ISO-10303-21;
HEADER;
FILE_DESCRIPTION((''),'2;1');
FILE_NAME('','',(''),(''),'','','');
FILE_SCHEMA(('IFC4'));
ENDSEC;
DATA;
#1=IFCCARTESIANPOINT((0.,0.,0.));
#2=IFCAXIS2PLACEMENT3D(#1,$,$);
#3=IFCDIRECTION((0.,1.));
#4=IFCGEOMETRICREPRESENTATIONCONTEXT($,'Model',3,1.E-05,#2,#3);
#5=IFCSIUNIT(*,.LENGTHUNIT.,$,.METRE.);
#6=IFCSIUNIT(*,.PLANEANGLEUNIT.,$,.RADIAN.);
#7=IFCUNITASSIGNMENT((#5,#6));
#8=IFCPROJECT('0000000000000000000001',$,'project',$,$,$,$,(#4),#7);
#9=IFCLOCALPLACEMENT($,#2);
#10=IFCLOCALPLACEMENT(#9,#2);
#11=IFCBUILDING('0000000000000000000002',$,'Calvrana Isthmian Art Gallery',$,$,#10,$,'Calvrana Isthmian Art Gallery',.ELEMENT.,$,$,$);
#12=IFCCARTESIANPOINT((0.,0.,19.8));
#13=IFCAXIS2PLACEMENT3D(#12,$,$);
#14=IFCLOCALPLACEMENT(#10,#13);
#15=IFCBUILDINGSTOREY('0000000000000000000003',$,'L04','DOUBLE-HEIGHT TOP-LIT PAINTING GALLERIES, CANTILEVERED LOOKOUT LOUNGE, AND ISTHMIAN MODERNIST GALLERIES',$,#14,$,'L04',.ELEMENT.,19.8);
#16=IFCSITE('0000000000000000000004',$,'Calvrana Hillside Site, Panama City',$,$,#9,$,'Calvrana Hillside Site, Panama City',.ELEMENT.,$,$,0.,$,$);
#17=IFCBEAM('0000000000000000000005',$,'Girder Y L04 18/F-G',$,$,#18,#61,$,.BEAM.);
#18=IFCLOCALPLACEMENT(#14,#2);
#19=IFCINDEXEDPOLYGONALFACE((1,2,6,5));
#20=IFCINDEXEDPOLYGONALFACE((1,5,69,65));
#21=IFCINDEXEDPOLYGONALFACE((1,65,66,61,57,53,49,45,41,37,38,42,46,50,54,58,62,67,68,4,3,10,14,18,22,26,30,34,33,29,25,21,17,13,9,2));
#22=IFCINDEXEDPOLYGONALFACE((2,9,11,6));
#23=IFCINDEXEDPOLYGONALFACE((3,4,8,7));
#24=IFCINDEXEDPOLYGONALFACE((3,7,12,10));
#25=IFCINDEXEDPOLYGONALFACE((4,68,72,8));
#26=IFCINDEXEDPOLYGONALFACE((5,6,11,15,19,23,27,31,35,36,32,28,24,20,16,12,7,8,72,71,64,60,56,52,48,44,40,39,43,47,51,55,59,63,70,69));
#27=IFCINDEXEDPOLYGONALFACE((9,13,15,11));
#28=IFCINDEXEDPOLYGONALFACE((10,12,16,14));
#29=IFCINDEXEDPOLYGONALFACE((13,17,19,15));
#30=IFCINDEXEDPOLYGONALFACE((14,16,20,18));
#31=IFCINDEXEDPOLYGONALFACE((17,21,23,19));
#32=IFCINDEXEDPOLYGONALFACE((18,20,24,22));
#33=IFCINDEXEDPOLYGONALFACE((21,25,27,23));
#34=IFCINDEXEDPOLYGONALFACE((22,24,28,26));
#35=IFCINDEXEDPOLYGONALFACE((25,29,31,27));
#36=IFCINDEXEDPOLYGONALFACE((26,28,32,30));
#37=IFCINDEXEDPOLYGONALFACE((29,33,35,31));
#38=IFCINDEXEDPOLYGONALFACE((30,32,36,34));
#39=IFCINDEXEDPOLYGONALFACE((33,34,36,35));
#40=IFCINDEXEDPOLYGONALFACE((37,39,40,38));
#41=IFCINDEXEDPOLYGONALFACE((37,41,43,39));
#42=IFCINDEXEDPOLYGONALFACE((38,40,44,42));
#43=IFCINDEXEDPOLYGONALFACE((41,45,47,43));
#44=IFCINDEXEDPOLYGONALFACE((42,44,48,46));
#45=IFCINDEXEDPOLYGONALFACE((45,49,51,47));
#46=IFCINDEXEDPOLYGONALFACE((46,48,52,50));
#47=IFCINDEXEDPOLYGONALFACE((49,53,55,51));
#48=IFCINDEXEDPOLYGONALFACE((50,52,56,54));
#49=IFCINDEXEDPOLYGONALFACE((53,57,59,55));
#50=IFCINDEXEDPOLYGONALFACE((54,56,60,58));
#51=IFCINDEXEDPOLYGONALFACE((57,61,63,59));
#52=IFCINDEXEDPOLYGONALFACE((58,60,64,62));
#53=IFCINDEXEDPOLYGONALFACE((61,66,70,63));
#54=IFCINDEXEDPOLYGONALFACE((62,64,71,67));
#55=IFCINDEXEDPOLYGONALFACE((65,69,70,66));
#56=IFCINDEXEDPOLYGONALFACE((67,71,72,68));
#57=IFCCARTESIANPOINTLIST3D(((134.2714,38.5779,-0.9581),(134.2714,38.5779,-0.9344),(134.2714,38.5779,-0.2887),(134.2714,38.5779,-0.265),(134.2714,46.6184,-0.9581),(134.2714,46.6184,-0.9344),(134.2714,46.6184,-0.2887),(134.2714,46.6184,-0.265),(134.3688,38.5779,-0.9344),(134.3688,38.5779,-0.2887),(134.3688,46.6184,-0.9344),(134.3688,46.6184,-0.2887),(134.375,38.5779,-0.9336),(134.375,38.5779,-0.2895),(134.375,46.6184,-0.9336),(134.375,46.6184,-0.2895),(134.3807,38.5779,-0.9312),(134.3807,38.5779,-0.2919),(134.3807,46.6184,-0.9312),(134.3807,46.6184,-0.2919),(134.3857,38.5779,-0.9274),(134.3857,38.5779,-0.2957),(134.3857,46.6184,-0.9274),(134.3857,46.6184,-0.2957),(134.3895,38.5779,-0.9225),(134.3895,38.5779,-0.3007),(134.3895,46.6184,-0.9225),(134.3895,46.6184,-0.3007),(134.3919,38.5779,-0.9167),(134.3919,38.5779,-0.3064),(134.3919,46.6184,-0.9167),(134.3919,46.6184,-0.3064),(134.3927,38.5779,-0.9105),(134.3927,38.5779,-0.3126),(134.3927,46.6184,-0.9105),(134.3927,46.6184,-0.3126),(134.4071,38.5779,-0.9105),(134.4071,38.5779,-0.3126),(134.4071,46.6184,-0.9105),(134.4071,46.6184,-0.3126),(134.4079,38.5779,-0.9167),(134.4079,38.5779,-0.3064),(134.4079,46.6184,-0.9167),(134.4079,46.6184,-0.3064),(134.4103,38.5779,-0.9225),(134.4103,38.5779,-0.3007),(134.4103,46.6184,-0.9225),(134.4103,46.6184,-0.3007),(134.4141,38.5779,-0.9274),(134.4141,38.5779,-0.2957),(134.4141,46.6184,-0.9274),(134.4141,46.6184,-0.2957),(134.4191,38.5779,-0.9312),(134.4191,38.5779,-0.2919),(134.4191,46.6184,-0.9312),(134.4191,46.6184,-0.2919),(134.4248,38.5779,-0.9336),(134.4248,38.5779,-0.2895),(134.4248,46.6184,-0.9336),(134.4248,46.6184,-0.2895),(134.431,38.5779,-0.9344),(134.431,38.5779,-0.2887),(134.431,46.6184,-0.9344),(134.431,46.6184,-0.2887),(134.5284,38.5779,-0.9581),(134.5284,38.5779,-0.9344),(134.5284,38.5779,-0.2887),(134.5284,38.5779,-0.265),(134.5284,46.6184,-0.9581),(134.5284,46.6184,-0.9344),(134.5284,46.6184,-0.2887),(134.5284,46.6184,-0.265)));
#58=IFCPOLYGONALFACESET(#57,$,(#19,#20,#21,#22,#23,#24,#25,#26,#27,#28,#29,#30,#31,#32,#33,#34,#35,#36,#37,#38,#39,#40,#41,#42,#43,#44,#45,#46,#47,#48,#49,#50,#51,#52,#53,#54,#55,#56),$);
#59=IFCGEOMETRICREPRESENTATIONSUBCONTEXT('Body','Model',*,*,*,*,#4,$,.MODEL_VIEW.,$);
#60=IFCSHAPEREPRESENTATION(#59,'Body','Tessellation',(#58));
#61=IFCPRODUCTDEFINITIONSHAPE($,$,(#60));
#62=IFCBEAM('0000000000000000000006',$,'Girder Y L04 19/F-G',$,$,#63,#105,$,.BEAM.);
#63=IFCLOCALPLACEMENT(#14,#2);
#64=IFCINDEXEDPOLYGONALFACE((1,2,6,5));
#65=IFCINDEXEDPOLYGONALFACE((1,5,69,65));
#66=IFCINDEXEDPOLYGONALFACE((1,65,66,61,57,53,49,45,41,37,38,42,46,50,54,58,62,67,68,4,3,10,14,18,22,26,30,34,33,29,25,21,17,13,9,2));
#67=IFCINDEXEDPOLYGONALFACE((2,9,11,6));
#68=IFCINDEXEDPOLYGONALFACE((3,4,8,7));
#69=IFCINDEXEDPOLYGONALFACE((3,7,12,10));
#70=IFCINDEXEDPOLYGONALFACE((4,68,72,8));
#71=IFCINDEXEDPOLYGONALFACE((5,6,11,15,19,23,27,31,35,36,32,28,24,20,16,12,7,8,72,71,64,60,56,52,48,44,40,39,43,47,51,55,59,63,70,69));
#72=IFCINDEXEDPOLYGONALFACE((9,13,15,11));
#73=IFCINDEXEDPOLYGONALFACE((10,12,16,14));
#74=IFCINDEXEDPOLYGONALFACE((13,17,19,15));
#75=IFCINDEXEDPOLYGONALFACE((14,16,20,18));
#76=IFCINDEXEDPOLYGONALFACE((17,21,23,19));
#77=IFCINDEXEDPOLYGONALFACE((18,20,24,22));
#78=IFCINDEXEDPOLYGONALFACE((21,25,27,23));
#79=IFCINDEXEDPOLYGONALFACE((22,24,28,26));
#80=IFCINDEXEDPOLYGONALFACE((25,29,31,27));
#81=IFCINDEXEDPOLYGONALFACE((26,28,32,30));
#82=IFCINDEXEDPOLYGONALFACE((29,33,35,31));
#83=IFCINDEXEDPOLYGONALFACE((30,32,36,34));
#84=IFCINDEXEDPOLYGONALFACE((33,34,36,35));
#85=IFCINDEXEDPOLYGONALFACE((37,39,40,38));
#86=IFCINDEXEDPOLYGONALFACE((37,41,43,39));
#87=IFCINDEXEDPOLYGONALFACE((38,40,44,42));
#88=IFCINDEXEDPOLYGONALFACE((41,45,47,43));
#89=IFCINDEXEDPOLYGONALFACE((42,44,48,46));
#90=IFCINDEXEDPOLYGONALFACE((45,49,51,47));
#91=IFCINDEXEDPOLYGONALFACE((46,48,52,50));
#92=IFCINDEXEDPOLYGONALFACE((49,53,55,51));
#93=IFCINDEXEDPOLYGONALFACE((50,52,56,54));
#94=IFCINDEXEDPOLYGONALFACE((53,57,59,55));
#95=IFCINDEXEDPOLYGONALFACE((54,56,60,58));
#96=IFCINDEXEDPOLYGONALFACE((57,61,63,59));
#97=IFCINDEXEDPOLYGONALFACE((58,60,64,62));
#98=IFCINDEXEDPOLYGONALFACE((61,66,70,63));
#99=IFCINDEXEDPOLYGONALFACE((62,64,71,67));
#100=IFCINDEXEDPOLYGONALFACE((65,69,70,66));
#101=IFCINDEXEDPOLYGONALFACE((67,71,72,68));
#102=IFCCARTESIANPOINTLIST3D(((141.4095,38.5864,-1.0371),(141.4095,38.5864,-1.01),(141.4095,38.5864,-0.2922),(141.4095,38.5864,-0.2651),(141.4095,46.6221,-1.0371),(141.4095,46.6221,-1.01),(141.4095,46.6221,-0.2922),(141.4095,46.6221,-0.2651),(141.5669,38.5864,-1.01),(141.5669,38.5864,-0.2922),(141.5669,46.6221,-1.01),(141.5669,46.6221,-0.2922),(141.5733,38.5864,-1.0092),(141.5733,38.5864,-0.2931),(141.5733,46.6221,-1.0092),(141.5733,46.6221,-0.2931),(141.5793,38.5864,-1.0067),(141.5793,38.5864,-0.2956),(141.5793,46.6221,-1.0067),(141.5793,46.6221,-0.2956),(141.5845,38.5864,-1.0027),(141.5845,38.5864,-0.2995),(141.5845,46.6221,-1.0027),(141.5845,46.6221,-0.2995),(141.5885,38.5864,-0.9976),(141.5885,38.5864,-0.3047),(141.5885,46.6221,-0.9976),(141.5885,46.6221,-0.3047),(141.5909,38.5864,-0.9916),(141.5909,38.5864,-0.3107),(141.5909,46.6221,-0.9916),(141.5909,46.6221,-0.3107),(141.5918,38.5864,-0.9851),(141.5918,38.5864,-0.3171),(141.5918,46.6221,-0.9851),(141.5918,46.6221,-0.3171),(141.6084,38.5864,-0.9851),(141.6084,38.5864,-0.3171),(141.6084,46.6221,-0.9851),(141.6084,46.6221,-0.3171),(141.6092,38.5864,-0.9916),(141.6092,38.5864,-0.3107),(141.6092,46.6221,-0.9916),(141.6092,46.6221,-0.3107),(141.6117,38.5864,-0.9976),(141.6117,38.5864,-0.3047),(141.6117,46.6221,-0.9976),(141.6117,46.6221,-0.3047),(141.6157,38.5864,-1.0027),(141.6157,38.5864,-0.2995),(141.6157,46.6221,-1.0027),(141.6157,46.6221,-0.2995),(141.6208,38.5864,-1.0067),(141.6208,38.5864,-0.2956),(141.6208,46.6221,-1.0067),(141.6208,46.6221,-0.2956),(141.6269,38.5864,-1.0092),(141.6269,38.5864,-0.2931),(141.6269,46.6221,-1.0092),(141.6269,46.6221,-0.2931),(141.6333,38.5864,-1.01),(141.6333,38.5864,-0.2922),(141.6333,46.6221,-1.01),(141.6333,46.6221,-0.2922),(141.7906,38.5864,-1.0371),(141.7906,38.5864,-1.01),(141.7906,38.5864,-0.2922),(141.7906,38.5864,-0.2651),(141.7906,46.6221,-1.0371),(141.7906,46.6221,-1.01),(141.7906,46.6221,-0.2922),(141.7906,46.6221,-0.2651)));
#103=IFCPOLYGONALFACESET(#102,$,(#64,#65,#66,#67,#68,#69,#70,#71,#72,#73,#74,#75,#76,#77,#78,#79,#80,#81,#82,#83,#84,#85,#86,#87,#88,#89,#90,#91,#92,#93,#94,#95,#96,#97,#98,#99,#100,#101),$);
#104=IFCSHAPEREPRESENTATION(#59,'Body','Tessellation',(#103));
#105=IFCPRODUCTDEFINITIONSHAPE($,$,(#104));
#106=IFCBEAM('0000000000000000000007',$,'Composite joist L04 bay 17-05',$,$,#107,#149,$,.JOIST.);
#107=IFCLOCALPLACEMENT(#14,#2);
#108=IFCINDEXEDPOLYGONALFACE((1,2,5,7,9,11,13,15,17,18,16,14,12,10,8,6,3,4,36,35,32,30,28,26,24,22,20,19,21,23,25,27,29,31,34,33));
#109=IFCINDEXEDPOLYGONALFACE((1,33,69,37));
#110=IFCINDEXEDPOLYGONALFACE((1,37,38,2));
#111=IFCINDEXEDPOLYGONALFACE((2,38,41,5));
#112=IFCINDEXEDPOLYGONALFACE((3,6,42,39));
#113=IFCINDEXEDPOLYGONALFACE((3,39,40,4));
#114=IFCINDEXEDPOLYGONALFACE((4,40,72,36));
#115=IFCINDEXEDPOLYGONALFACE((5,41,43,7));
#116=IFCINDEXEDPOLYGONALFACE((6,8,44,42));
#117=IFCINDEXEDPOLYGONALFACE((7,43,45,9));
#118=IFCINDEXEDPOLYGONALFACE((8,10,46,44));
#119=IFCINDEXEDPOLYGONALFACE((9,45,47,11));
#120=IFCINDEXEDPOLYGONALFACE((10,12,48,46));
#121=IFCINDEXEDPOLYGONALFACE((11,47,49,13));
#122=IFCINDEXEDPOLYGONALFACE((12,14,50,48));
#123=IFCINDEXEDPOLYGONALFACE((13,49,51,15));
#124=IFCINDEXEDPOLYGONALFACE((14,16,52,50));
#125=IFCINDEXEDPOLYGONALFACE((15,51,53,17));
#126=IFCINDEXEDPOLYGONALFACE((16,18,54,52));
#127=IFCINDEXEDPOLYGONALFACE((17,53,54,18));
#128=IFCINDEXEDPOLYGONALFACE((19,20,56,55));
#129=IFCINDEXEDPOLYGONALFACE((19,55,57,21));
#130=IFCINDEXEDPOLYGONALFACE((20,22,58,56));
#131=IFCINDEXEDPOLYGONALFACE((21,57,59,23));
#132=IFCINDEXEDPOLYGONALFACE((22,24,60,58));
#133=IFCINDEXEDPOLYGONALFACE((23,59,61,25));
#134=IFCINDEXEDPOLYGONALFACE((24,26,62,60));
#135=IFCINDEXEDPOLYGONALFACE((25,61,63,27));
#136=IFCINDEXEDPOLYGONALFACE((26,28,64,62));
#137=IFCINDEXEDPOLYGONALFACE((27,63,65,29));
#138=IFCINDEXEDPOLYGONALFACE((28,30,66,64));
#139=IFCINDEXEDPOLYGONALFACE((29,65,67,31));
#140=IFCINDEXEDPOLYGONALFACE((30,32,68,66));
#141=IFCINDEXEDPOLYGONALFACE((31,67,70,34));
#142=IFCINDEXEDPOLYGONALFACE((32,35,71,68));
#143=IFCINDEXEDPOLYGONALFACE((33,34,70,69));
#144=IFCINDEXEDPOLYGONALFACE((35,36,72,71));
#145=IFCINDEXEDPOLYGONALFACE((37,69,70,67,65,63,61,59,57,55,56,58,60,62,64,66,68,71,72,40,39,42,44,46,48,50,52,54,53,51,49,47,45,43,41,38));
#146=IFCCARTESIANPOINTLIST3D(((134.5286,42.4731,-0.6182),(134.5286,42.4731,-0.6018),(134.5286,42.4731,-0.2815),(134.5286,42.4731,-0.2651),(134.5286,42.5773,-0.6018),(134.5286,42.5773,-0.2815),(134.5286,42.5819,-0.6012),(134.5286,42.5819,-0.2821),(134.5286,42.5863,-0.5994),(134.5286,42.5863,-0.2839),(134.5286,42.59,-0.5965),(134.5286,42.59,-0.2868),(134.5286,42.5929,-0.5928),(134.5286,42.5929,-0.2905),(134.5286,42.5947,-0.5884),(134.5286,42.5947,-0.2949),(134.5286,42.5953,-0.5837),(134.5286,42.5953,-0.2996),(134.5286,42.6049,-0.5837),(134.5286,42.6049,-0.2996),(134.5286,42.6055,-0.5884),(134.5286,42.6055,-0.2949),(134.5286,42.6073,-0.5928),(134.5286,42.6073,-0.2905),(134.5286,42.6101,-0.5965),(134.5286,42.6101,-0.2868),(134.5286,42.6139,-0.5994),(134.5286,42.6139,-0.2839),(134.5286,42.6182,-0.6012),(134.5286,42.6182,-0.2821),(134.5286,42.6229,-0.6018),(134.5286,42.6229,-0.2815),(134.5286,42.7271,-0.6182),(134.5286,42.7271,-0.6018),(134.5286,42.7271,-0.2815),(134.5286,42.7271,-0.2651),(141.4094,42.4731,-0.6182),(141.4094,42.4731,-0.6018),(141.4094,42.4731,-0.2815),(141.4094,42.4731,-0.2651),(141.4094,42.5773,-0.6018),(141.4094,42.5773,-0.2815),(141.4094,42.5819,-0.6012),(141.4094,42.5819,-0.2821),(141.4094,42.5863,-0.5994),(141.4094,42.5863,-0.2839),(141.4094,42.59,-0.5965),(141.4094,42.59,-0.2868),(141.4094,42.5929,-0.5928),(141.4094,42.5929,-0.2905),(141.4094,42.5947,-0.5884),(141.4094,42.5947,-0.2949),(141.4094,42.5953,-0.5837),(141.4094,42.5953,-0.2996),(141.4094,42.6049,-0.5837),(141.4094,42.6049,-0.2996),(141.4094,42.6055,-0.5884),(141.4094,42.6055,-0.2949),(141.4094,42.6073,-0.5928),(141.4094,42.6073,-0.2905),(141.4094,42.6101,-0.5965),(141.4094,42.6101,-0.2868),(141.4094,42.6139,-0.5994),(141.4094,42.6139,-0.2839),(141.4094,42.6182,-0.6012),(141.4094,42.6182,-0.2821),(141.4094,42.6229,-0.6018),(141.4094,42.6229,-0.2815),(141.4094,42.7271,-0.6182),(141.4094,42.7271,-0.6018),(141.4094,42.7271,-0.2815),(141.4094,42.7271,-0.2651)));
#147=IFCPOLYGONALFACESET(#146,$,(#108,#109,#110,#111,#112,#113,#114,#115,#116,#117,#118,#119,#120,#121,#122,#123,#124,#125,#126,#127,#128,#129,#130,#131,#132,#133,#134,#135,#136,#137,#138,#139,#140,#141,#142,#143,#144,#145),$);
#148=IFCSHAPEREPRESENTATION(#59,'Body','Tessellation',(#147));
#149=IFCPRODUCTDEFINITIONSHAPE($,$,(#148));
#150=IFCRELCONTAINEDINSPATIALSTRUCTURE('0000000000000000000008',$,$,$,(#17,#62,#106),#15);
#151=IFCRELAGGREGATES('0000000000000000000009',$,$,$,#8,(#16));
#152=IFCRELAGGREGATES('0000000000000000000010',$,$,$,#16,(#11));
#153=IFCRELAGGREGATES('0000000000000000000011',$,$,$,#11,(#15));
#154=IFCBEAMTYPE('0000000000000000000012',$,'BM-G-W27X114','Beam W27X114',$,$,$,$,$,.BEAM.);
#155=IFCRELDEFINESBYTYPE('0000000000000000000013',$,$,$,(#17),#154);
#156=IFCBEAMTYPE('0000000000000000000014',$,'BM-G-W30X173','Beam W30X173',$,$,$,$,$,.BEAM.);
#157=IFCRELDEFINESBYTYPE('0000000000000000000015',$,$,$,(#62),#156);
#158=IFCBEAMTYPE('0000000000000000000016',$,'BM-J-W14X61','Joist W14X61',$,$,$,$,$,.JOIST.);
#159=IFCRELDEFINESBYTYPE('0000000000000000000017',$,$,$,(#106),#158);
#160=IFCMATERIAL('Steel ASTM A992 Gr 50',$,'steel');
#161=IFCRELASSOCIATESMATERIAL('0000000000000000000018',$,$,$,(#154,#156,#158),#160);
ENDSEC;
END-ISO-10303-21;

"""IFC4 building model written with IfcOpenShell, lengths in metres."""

from ifc_helpers import new_model, si_unit, direction, frame, origin, origin_2d, place, context, subcontext, project, spatial, i_section, extrude, material, material_profile, profile_set, type_object, element, save


model = new_model("IFC4")

# Units and contexts
model_context = context("Model", 3, precision=1e-05, world=origin(), true_north=direction((0.0, 1.0)))
body_context = subcontext(model_context, "Body", "Model", "MODEL_VIEW")
ifc_project = project(units=[si_unit("LENGTHUNIT", "METRE"), si_unit("PLANEANGLEUNIT", "RADIAN")], contexts=[model_context])

# Site, building, storey
site_placement = place(None, origin())
site = spatial("IfcSite", under=ifc_project, at=site_placement, Name="Calvrana Hillside Site, Panama City", LongName="Calvrana Hillside Site, Panama City", CompositionType="ELEMENT", RefElevation=0.0)
building_placement = place(site_placement, origin())
building = spatial("IfcBuilding", under=site, at=building_placement, Name="Calvrana Isthmian Art Gallery", LongName="Calvrana Isthmian Art Gallery", CompositionType="ELEMENT")
storey_placement = place(building_placement, frame((0.0, 0.0, 19.8)))
storey = spatial("IfcBuildingStorey", under=building, at=storey_placement, Name="L04", Description="DOUBLE-HEIGHT TOP-LIT PAINTING GALLERIES, CANTILEVERED LOOKOUT LOUNGE, AND ISTHMIAN MODERNIST GALLERIES", LongName="L04", CompositionType="ELEMENT", Elevation=19.8)

# Shared definitions
ifc_material_1 = material(Name="Steel ASTM A992 Gr 50", Category="steel")

# Beams
ifc_material_profile_1 = material_profile(ifc_material_1, i_section(OverallWidth=0.2571, OverallDepth=0.6931, WebThickness=0.0144, FlangeThickness=0.0237, FilletRadius=0.0239, at=origin_2d()), Name="W27X114")
ifc_profile_set_1 = profile_set([ifc_material_profile_1], Name="Steel ASTM A992 Gr 50")
beam_type_1 = type_object("IfcBeamType", Name="BM-G-W27X114", Description="Beam W27X114", PredefinedType="BEAM", material=ifc_profile_set_1)
beam_1_placement = place(storey_placement, frame((134.3999, 38.5779, -0.6116), z_axis=(0.0, 1.0, 0.0), x_axis=(-1.0, 0.0, 0.0)))
element("IfcBeam", 1, at=beam_1_placement, inside=storey, type_object=beam_type_1, Name="Girder Y L04 18/F-G", PredefinedType="BEAM", context=body_context, shape_type="SweptSolid", body=[
    extrude(i_section(OverallWidth=0.2571, OverallDepth=0.6931, WebThickness=0.0144, FlangeThickness=0.0237, FilletRadius=0.0239, at=origin_2d()), origin(), (0.0, 0.0, 1.0), 8.0405),
])
ifc_material_profile_2 = material_profile(ifc_material_1, i_section(OverallWidth=0.3811, OverallDepth=0.772, WebThickness=0.0166, FlangeThickness=0.0271, FilletRadius=0.0249, at=origin_2d()), Name="W30X173")
ifc_profile_set_2 = profile_set([ifc_material_profile_2], Name="Steel ASTM A992 Gr 50")
beam_type_2 = type_object("IfcBeamType", Name="BM-G-W30X173", Description="Beam W30X173", PredefinedType="BEAM", material=ifc_profile_set_2)
beam_2_placement = place(storey_placement, frame((141.6001, 38.5864, -0.6511), z_axis=(0.0, 1.0, 0.0), x_axis=(-1.0, 0.0, 0.0)))
element("IfcBeam", 2, at=beam_2_placement, inside=storey, type_object=beam_type_2, Name="Girder Y L04 19/F-G", PredefinedType="BEAM", context=body_context, shape_type="SweptSolid", body=[
    extrude(i_section(OverallWidth=0.3811, OverallDepth=0.772, WebThickness=0.0166, FlangeThickness=0.0271, FilletRadius=0.0249, at=origin_2d()), origin(), (0.0, 0.0, 1.0), 8.0356),
])
ifc_material_profile_3 = material_profile(ifc_material_1, i_section(OverallWidth=0.2539, OverallDepth=0.353, WebThickness=0.0095, FlangeThickness=0.0164, FilletRadius=0.0181, at=origin_2d()), Name="W14X61")
ifc_profile_set_3 = profile_set([ifc_material_profile_3], Name="Steel ASTM A992 Gr 50")
beam_type_3 = type_object("IfcBeamType", Name="BM-J-W14X61", Description="Joist W14X61", PredefinedType="JOIST", material=ifc_profile_set_3)
beam_3_placement = place(storey_placement, frame((134.5286, 42.6001, -0.4417), z_axis=(1.0, 0.0, 0.0), x_axis=(0.0, 1.0, 0.0)))
element("IfcBeam", 3, at=beam_3_placement, inside=storey, type_object=beam_type_3, Name="Composite joist L04 bay 17-05", PredefinedType="JOIST", context=body_context, shape_type="SweptSolid", body=[
    extrude(i_section(OverallWidth=0.2539, OverallDepth=0.353, WebThickness=0.0095, FlangeThickness=0.0164, FilletRadius=0.0181, at=origin_2d()), origin(), (0.0, 0.0, 1.0), 6.8809),
])

save(model, "model.ifc")
